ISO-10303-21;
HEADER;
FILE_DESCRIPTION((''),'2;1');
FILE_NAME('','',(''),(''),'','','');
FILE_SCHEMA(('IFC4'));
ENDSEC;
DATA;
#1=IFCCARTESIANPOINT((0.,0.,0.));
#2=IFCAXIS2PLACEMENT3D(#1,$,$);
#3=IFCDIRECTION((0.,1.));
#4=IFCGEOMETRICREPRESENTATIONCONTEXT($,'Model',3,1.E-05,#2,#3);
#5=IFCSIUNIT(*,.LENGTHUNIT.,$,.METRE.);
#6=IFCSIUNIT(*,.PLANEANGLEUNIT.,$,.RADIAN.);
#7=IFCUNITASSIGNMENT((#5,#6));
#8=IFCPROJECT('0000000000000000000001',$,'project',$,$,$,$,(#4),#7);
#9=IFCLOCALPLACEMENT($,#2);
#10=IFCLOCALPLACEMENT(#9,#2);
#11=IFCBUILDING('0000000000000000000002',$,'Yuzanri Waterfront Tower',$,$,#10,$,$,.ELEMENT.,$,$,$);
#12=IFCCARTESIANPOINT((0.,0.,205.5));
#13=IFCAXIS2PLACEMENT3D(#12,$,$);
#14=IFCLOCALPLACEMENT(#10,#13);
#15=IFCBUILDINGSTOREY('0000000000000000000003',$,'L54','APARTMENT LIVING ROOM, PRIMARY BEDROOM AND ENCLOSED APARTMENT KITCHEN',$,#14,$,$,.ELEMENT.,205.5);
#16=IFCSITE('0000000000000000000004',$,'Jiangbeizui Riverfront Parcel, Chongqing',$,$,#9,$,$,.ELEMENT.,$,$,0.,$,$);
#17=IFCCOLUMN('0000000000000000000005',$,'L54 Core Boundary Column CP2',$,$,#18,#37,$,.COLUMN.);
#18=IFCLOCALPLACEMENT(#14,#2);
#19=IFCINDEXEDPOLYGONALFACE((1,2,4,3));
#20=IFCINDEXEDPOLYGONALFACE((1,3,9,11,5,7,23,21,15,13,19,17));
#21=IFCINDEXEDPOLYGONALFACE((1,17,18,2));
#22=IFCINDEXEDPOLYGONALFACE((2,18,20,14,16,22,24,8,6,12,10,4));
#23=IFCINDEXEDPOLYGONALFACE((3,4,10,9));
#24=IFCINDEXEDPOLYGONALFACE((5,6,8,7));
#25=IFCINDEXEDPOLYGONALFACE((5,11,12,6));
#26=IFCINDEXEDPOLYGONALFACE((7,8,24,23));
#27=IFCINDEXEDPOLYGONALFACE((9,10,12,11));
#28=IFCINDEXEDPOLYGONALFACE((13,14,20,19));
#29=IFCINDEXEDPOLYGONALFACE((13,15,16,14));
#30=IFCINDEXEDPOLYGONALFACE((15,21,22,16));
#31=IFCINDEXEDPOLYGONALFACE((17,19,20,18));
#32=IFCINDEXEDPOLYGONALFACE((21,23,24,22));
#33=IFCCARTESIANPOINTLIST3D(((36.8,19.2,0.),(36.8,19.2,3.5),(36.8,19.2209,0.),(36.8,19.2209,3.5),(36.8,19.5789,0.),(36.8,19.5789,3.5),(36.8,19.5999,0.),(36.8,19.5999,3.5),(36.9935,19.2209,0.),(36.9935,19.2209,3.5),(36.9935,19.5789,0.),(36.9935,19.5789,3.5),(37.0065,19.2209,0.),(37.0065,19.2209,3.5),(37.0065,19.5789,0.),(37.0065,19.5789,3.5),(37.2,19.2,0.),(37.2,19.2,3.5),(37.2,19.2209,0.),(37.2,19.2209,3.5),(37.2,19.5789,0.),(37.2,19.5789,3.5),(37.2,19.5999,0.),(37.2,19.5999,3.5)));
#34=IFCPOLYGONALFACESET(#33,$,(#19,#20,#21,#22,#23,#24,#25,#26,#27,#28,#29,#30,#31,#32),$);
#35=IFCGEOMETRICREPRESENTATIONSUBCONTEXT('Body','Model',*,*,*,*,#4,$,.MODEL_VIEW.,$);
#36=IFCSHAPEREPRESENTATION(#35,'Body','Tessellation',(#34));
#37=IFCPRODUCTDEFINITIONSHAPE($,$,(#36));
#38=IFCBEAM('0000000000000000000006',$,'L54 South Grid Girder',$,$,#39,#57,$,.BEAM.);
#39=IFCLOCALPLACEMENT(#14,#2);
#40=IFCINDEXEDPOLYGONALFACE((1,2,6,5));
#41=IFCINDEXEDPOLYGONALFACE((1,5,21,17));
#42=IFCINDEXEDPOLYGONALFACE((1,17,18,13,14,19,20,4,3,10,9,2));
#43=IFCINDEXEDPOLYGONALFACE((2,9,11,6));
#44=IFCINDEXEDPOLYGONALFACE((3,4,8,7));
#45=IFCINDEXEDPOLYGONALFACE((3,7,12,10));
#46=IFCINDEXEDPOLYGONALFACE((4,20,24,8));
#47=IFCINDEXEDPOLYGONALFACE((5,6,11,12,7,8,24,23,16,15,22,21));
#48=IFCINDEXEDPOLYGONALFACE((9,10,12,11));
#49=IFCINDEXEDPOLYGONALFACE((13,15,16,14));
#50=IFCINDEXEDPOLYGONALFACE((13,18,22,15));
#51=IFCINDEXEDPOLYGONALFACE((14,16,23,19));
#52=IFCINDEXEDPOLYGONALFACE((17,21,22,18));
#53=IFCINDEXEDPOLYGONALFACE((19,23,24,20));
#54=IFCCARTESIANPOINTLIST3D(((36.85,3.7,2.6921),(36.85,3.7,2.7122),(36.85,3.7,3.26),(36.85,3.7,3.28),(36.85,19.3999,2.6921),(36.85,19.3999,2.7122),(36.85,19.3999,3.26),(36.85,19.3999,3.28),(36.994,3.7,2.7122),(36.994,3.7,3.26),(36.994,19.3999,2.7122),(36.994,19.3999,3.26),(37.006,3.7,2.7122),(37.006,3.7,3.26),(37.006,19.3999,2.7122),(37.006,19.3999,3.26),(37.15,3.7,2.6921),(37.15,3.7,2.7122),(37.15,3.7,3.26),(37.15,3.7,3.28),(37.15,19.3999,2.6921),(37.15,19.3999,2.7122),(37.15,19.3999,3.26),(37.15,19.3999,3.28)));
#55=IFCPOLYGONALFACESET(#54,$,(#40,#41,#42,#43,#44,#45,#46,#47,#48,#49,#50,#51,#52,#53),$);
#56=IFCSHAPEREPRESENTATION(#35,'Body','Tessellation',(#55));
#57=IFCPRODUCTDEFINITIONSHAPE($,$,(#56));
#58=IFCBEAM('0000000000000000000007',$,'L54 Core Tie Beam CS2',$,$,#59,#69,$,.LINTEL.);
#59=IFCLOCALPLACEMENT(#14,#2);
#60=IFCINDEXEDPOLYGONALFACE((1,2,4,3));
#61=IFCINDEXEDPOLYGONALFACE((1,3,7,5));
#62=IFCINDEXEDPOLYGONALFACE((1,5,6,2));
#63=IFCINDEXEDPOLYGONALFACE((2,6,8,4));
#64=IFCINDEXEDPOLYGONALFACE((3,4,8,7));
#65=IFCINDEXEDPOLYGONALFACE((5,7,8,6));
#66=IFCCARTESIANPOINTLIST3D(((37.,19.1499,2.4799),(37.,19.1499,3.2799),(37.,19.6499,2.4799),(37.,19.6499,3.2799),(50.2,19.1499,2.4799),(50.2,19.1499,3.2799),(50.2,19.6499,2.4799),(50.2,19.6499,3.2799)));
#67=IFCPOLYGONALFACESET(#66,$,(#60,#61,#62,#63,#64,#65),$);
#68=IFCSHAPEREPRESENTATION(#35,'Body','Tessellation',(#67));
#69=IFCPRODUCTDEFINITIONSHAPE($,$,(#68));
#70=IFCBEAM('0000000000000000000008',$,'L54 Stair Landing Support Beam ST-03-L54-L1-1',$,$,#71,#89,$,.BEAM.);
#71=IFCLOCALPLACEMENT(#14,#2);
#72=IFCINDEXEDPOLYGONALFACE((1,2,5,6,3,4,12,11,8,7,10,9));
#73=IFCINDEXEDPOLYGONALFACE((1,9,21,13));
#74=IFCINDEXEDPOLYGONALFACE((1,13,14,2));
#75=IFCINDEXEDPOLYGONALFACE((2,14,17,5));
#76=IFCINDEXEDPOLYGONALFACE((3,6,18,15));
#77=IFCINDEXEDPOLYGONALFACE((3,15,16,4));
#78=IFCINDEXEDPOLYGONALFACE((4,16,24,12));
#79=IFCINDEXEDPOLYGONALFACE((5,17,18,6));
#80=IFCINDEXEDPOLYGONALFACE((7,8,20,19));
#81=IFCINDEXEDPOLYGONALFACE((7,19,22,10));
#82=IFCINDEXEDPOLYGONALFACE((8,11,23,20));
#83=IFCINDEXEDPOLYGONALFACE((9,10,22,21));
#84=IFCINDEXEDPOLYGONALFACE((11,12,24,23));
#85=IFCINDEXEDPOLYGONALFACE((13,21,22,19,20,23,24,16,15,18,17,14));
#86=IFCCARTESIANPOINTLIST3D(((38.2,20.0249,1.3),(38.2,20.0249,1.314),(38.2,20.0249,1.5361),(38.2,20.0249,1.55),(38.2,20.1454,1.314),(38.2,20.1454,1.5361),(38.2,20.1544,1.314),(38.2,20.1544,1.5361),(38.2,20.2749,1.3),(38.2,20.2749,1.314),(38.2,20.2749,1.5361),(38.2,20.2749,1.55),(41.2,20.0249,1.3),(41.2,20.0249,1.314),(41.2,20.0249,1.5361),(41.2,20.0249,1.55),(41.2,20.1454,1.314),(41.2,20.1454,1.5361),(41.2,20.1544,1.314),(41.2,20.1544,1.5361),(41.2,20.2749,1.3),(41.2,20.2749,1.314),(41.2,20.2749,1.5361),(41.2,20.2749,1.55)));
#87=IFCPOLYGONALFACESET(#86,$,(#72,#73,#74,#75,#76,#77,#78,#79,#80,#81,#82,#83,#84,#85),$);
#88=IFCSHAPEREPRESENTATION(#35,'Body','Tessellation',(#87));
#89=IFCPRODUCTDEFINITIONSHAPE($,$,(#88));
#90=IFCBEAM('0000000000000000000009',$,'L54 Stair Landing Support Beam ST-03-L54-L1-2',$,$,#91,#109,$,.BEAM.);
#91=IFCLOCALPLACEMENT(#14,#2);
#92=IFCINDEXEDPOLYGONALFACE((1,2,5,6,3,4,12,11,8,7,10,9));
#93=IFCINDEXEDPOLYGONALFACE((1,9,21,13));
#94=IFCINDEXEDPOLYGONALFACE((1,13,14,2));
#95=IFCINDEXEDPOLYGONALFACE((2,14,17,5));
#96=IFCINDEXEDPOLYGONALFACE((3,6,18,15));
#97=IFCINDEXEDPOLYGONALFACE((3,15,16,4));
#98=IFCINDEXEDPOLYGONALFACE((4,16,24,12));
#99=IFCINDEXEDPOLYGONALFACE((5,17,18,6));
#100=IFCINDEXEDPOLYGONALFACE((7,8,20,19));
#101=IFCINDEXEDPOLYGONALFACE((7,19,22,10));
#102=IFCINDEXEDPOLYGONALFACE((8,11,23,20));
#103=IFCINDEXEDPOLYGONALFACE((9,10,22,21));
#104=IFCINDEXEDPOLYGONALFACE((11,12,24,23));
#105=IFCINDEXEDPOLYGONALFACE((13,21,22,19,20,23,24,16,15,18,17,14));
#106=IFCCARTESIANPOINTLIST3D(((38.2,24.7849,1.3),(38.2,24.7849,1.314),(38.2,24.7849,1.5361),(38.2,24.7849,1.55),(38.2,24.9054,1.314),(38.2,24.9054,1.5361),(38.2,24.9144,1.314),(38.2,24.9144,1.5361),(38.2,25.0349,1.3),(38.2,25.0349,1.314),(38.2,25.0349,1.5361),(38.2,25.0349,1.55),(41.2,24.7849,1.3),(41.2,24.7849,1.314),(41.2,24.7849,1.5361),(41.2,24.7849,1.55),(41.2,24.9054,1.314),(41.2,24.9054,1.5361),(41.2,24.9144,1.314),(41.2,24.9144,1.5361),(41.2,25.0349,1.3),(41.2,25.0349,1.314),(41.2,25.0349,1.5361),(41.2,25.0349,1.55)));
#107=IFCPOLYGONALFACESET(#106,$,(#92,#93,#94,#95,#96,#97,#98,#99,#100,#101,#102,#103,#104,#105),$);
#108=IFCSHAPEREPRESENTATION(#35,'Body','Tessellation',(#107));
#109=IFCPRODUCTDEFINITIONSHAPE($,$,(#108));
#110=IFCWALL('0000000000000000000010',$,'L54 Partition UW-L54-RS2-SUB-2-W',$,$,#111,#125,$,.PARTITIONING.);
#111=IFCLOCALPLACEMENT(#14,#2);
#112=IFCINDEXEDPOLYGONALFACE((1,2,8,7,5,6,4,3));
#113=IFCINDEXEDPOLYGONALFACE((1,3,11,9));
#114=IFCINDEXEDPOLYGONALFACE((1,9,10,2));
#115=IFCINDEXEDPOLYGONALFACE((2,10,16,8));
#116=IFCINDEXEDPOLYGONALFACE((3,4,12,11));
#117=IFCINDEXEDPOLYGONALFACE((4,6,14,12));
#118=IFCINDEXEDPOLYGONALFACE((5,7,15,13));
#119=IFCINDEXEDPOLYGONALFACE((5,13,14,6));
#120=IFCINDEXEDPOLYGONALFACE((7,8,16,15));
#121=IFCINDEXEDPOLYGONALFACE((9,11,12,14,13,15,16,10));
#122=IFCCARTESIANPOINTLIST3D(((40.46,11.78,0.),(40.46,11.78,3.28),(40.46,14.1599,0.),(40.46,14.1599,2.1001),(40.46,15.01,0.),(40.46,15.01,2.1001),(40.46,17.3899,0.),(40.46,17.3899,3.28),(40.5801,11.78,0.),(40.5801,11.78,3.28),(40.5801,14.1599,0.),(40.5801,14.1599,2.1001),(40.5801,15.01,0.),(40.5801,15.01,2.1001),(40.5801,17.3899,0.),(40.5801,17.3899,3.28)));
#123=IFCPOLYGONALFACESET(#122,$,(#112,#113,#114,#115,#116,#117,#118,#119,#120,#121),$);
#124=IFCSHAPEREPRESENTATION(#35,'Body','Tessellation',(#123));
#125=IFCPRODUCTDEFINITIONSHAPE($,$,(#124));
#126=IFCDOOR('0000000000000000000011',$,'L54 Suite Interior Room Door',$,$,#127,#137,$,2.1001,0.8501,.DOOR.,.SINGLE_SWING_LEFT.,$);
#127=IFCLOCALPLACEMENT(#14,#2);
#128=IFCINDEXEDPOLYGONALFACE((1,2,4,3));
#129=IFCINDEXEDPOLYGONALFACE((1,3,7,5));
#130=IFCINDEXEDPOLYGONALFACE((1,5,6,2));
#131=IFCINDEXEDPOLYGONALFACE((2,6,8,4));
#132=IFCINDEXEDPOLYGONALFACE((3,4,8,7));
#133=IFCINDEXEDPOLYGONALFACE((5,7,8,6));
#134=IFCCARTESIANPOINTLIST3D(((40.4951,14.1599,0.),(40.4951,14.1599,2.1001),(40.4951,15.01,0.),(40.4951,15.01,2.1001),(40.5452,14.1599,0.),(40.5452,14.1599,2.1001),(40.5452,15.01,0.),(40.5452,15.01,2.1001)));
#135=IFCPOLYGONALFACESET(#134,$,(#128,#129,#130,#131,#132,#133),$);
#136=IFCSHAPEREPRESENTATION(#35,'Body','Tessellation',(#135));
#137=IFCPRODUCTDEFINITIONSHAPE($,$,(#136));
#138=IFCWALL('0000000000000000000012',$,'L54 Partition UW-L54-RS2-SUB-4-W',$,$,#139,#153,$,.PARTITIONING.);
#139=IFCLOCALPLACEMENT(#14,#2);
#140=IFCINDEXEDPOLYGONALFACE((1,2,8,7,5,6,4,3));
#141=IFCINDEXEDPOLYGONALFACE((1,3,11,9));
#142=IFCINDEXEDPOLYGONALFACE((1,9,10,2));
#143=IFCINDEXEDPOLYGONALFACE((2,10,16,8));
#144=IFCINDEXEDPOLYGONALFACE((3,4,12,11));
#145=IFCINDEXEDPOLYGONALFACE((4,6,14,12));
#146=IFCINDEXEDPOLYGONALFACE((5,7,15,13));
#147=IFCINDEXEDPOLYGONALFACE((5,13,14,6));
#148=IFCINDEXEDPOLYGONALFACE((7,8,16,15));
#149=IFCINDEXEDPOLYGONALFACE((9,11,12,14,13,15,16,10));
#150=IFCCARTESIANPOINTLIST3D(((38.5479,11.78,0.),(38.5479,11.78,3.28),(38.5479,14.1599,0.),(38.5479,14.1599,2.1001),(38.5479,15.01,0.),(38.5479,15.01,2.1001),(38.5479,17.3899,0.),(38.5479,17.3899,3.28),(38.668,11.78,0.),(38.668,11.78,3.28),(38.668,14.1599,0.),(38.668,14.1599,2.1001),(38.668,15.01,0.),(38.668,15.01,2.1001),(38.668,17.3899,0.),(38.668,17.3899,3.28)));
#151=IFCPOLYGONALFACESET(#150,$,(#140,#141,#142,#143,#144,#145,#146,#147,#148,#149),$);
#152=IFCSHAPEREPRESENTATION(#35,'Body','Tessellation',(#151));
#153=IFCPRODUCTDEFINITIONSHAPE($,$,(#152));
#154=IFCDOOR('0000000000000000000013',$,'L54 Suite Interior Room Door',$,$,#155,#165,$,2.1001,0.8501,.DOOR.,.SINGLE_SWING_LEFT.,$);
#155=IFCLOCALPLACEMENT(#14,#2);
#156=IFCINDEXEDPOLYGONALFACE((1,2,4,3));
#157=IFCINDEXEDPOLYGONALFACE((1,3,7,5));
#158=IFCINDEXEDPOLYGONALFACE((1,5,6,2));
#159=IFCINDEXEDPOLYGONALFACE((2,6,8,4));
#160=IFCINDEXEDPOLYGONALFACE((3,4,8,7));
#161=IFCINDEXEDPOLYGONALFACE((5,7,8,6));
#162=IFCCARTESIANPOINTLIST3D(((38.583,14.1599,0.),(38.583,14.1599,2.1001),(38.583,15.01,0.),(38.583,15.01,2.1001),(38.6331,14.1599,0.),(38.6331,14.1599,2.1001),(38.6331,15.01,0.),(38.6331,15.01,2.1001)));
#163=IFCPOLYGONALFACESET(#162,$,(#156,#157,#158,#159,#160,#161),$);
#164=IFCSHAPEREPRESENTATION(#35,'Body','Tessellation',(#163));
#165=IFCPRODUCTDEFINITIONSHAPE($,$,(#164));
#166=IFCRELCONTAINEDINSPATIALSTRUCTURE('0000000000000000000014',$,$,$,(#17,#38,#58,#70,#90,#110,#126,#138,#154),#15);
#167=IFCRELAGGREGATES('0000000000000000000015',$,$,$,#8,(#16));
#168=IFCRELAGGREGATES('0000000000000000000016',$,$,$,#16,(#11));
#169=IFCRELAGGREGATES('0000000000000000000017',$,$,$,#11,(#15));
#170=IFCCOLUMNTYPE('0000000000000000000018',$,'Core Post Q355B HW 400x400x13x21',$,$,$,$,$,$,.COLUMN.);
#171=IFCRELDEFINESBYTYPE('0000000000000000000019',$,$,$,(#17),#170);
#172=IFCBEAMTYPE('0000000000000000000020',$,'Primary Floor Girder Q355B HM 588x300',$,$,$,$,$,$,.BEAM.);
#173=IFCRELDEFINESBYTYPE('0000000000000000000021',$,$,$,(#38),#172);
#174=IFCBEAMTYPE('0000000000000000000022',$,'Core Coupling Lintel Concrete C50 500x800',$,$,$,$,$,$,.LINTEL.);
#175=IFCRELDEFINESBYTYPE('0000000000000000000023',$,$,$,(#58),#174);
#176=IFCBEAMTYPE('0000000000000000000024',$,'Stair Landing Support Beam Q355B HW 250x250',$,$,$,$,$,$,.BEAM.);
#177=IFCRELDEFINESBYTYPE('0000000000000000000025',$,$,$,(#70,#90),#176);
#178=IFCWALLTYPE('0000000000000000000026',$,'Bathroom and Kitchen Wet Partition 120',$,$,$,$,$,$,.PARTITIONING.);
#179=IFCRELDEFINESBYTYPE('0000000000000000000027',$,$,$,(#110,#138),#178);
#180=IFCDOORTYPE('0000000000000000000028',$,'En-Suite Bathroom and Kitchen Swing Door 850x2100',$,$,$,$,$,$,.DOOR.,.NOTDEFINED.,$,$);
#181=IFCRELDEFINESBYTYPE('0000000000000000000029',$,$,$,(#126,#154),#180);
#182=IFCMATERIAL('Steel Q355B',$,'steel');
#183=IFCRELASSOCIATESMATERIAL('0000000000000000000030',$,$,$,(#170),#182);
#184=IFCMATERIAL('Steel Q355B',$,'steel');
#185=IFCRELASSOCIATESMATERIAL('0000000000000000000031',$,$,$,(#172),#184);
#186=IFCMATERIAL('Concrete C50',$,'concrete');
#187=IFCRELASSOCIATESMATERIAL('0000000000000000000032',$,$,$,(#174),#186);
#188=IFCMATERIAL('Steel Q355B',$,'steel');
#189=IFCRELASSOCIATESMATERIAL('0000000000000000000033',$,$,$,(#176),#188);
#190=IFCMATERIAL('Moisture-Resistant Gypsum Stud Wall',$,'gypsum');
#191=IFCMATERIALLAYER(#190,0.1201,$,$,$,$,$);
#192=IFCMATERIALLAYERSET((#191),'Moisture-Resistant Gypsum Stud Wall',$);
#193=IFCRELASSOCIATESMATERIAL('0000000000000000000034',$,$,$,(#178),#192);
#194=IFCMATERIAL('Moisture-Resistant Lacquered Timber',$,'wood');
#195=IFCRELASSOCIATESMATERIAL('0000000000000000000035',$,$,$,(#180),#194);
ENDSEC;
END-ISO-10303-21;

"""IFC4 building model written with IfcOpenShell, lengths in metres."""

from ifc_helpers import new_model, si_unit, direction, frame, frame_2d, origin, origin_2d, place, context, subcontext, project, spatial, rectangle, i_section, extrude, source, transform, mapped, material, layer, layer_set, material_profile, profile_set, type_object, element, fill, save


model = new_model("IFC4")

# Units and contexts
model_context = context("Model", 3, precision=1e-05, world=origin(), true_north=direction((0.0, 1.0)))
body_context = subcontext(model_context, "Body", "Model", "MODEL_VIEW")
ifc_project = project(units=[si_unit("LENGTHUNIT", "METRE"), si_unit("PLANEANGLEUNIT", "RADIAN")], contexts=[model_context])

# Site, building, storey
site_placement = place(None, origin())
site = spatial("IfcSite", under=ifc_project, at=site_placement, Name="Jiangbeizui Riverfront Parcel, Chongqing", CompositionType="ELEMENT", RefElevation=0.0)
building_placement = place(site_placement, origin())
building = spatial("IfcBuilding", under=site, at=building_placement, Name="Yuzanri Waterfront Tower", CompositionType="ELEMENT")
storey_placement = place(building_placement, frame((0.0, 0.0, 205.5)))
storey = spatial("IfcBuildingStorey", under=building, at=storey_placement, Name="L54", Description="APARTMENT LIVING ROOM, PRIMARY BEDROOM AND ENCLOSED APARTMENT KITCHEN", CompositionType="ELEMENT", Elevation=205.5)

# Column
ifc_material_1 = material(Name="Steel Q355B", Category="steel")
ifc_material_profile_1 = material_profile(ifc_material_1, i_section(OverallWidth=0.3999, OverallDepth=0.3999, WebThickness=0.0129, FlangeThickness=0.021, at=origin_2d()), Name="HW 400x400x13x21")
ifc_profile_set_1 = profile_set([ifc_material_profile_1], Name="Steel Q355B")
column_type = type_object("IfcColumnType", Name="Core Post Q355B HW 400x400x13x21", PredefinedType="COLUMN", material=ifc_profile_set_1)
shared_shape_1 = source(origin(), body_context, "Body", "SweptSolid", [
    extrude(i_section(OverallWidth=0.3999, OverallDepth=0.3999, WebThickness=0.0129, FlangeThickness=0.021, at=origin_2d()), origin(), (0.0, 0.0, 1.0), 3.5),
])
column_placement = place(storey_placement, frame((37.0, 19.3999, 0.0), z_axis=(0.0, 0.0, 1.0), x_axis=(1.0, 0.0, 0.0)))
element("IfcColumn", 1, at=column_placement, inside=storey, type_object=column_type, Name="L54 Core Boundary Column CP2", PredefinedType="COLUMN", context=body_context, shape_type="MappedRepresentation", body=[
    mapped(shared_shape_1, transform((0.0, 0.0, 0.0), scale=1.0)),
])

# Beams
ifc_material_2 = material(Name="Steel Q355B", Category="steel")
ifc_material_profile_2 = material_profile(ifc_material_2, i_section(OverallWidth=0.3, OverallDepth=0.5879, WebThickness=0.012, FlangeThickness=0.02, at=origin_2d()), Name="HM 588x300x12x20")
ifc_profile_set_2 = profile_set([ifc_material_profile_2], Name="Steel Q355B")
beam_type_1 = type_object("IfcBeamType", Name="Primary Floor Girder Q355B HM 588x300", PredefinedType="BEAM", material=ifc_profile_set_2)
shared_shape_2 = source(origin(), body_context, "Body", "SweptSolid", [
    extrude(i_section(OverallWidth=0.3, OverallDepth=0.5879, WebThickness=0.012, FlangeThickness=0.02, at=origin_2d()), origin(), (0.0, 0.0, 1.0), 15.7),
])
beam_1_placement = place(storey_placement, frame((37.0, 19.3999, 2.9861), z_axis=(0.0, -1.0, 0.0), x_axis=(1.0, 0.0, 0.0)))
element("IfcBeam", 2, at=beam_1_placement, inside=storey, type_object=beam_type_1, Name="L54 South Grid Girder", PredefinedType="BEAM", context=body_context, shape_type="MappedRepresentation", body=[
    mapped(shared_shape_2, transform((0.0, 0.0, 0.0), scale=1.0)),
])
ifc_material_3 = material(Name="Concrete C50", Category="concrete")
ifc_material_profile_3 = material_profile(ifc_material_3, rectangle(XDim=0.5, YDim=0.8, at=origin_2d()), Name="RC 500x800")
ifc_profile_set_3 = profile_set([ifc_material_profile_3], Name="Concrete C50")
beam_type_2 = type_object("IfcBeamType", Name="Core Coupling Lintel Concrete C50 500x800", PredefinedType="LINTEL", material=ifc_profile_set_3)
shared_shape_3 = source(origin(), body_context, "Body", "SweptSolid", [
    extrude(rectangle(XDim=0.5, YDim=0.8, at=origin_2d()), origin(), (0.0, 0.0, 1.0), 13.2),
])
beam_2_placement = place(storey_placement, frame((37.0, 19.3999, 2.8799), z_axis=(1.0, 0.0, 0.0), x_axis=(0.0, 1.0, 0.0)))
element("IfcBeam", 3, at=beam_2_placement, inside=storey, type_object=beam_type_2, Name="L54 Core Tie Beam CS2", PredefinedType="LINTEL", context=body_context, shape_type="MappedRepresentation", body=[
    mapped(shared_shape_3, transform((0.0, 0.0, 0.0), scale=1.0)),
])
ifc_material_4 = material(Name="Steel Q355B", Category="steel")
ifc_material_profile_4 = material_profile(ifc_material_4, i_section(OverallWidth=0.25, OverallDepth=0.25, WebThickness=0.009, FlangeThickness=0.0139, at=origin_2d()), Name="HW 250x250x9x14")
ifc_profile_set_4 = profile_set([ifc_material_profile_4], Name="Steel Q355B")
beam_type_3 = type_object("IfcBeamType", Name="Stair Landing Support Beam Q355B HW 250x250", PredefinedType="BEAM", material=ifc_profile_set_4)
shared_shape_4 = source(origin(), body_context, "Body", "SweptSolid", [
    extrude(i_section(OverallWidth=0.25, OverallDepth=0.25, WebThickness=0.009, FlangeThickness=0.0139, at=origin_2d()), origin(), (0.0, 0.0, 1.0), 3.0),
])
for number, where, z_axis, x_axis, name in (
    (4, (38.2, 20.1499, 1.425), (1.0, 0.0, 0.0), (0.0, 1.0, 0.0), "L54 Stair Landing Support Beam ST-03-L54-L1-1"),
    (5, (38.2, 24.9099, 1.425), (1.0, 0.0, 0.0), (0.0, 1.0, 0.0), "L54 Stair Landing Support Beam ST-03-L54-L1-2"),
):
    element("IfcBeam", number, at=place(storey_placement, frame(where, z_axis=z_axis, x_axis=x_axis)), inside=storey, type_object=beam_type_3, Name=name, PredefinedType="BEAM", context=body_context, shape_type="MappedRepresentation", body=[
        mapped(shared_shape_4, transform((0.0, 0.0, 0.0), scale=1.0)),
    ])

# Walls, openings, doors
ifc_material_5 = material(Name="Moisture-Resistant Gypsum Stud Wall", Category="gypsum")
ifc_layer_1 = layer(ifc_material_5, 0.1201)
ifc_layer_set_1 = layer_set([ifc_layer_1], Name="Moisture-Resistant Gypsum Stud Wall")
wall_type_1 = type_object("IfcWallType", Name="Bathroom and Kitchen Wet Partition 120", PredefinedType="PARTITIONING", material=ifc_layer_set_1)
wall_1_placement = place(storey_placement, frame((40.52, 11.78, 0.0), z_axis=(0.0, 0.0, 1.0), x_axis=(0.0, 1.0, 0.0)))
wall_1 = element("IfcWall", 6, at=wall_1_placement, inside=storey, type_object=wall_type_1, Name="L54 Partition UW-L54-RS2-SUB-2-W", PredefinedType="PARTITIONING", context=body_context, shape_type="SweptSolid", body=[
    extrude(rectangle(XDim=5.6099, YDim=0.1201, at=frame_2d((2.8049, 0.0))), origin(), (0.0, 0.0, 1.0), 3.28),
])
opening_1_placement = place(wall_1_placement, frame((2.3799, 0.0, 0.0)))
opening_1 = element("IfcOpeningElement", 7, at=opening_1_placement, cuts=wall_1, PredefinedType="OPENING", context=body_context, shape_type="SweptSolid", body=[
    extrude(rectangle(XDim=0.8501, YDim=2.1001, at=frame_2d((0.425, 1.05))), frame((0.0, 0.075, 0.0), z_axis=(0.0, -1.0, 0.0), x_axis=(1.0, 0.0, 0.0)), (0.0, 0.0, 1.0), 0.1499),
])
ifc_material_6 = material(Name="Moisture-Resistant Lacquered Timber", Category="wood")
door_type_1 = type_object("IfcDoorType", Name="En-Suite Bathroom and Kitchen Swing Door 850x2100", OperationType="NOTDEFINED", PredefinedType="DOOR", material=ifc_material_6)
shared_shape_5 = source(origin(), body_context, "Body", "SweptSolid", [
    extrude(rectangle(XDim=0.8501, YDim=2.1001, at=frame_2d((0.425, 1.05))), frame((0.0, 0.0249, 0.0), z_axis=(0.0, -1.0, 0.0), x_axis=(1.0, 0.0, 0.0)), (0.0, 0.0, 1.0), 0.05),
])
door_1_placement = place(opening_1_placement, origin())
door_1 = element("IfcDoor", 8, at=door_1_placement, inside=storey, type_object=door_type_1, Name="L54 Suite Interior Room Door", OperationType="SINGLE_SWING_LEFT", OverallHeight=2.1001, OverallWidth=0.8501, PredefinedType="DOOR", context=body_context, shape_type="MappedRepresentation", body=[
    mapped(shared_shape_5, transform((0.0, 0.0, 0.0), scale=1.0)),
])
fill(opening_1, door_1)
wall_2_placement = place(storey_placement, frame((38.6079, 11.78, 0.0), z_axis=(0.0, 0.0, 1.0), x_axis=(0.0, 1.0, 0.0)))
wall_2 = element("IfcWall", 9, at=wall_2_placement, inside=storey, type_object=wall_type_1, Name="L54 Partition UW-L54-RS2-SUB-4-W", PredefinedType="PARTITIONING", context=body_context, shape_type="SweptSolid", body=[
    extrude(rectangle(XDim=5.6099, YDim=0.1201, at=frame_2d((2.8049, 0.0))), origin(), (0.0, 0.0, 1.0), 3.28),
])
opening_2_placement = place(wall_2_placement, frame((2.3799, 0.0, 0.0)))
opening_2 = element("IfcOpeningElement", 10, at=opening_2_placement, cuts=wall_2, PredefinedType="OPENING", context=body_context, shape_type="SweptSolid", body=[
    extrude(rectangle(XDim=0.8501, YDim=2.1001, at=frame_2d((0.425, 1.05))), frame((0.0, 0.075, 0.0), z_axis=(0.0, -1.0, 0.0), x_axis=(1.0, 0.0, 0.0)), (0.0, 0.0, 1.0), 0.1499),
])
door_2_placement = place(opening_2_placement, origin())
door_2 = element("IfcDoor", 11, at=door_2_placement, inside=storey, type_object=door_type_1, Name="L54 Suite Interior Room Door", OperationType="SINGLE_SWING_LEFT", OverallHeight=2.1001, OverallWidth=0.8501, PredefinedType="DOOR", context=body_context, shape_type="MappedRepresentation", body=[
    mapped(shared_shape_5, transform((0.0, 0.0, 0.0), scale=1.0)),
])
fill(opening_2, door_2)

save(model, "model.ifc")
